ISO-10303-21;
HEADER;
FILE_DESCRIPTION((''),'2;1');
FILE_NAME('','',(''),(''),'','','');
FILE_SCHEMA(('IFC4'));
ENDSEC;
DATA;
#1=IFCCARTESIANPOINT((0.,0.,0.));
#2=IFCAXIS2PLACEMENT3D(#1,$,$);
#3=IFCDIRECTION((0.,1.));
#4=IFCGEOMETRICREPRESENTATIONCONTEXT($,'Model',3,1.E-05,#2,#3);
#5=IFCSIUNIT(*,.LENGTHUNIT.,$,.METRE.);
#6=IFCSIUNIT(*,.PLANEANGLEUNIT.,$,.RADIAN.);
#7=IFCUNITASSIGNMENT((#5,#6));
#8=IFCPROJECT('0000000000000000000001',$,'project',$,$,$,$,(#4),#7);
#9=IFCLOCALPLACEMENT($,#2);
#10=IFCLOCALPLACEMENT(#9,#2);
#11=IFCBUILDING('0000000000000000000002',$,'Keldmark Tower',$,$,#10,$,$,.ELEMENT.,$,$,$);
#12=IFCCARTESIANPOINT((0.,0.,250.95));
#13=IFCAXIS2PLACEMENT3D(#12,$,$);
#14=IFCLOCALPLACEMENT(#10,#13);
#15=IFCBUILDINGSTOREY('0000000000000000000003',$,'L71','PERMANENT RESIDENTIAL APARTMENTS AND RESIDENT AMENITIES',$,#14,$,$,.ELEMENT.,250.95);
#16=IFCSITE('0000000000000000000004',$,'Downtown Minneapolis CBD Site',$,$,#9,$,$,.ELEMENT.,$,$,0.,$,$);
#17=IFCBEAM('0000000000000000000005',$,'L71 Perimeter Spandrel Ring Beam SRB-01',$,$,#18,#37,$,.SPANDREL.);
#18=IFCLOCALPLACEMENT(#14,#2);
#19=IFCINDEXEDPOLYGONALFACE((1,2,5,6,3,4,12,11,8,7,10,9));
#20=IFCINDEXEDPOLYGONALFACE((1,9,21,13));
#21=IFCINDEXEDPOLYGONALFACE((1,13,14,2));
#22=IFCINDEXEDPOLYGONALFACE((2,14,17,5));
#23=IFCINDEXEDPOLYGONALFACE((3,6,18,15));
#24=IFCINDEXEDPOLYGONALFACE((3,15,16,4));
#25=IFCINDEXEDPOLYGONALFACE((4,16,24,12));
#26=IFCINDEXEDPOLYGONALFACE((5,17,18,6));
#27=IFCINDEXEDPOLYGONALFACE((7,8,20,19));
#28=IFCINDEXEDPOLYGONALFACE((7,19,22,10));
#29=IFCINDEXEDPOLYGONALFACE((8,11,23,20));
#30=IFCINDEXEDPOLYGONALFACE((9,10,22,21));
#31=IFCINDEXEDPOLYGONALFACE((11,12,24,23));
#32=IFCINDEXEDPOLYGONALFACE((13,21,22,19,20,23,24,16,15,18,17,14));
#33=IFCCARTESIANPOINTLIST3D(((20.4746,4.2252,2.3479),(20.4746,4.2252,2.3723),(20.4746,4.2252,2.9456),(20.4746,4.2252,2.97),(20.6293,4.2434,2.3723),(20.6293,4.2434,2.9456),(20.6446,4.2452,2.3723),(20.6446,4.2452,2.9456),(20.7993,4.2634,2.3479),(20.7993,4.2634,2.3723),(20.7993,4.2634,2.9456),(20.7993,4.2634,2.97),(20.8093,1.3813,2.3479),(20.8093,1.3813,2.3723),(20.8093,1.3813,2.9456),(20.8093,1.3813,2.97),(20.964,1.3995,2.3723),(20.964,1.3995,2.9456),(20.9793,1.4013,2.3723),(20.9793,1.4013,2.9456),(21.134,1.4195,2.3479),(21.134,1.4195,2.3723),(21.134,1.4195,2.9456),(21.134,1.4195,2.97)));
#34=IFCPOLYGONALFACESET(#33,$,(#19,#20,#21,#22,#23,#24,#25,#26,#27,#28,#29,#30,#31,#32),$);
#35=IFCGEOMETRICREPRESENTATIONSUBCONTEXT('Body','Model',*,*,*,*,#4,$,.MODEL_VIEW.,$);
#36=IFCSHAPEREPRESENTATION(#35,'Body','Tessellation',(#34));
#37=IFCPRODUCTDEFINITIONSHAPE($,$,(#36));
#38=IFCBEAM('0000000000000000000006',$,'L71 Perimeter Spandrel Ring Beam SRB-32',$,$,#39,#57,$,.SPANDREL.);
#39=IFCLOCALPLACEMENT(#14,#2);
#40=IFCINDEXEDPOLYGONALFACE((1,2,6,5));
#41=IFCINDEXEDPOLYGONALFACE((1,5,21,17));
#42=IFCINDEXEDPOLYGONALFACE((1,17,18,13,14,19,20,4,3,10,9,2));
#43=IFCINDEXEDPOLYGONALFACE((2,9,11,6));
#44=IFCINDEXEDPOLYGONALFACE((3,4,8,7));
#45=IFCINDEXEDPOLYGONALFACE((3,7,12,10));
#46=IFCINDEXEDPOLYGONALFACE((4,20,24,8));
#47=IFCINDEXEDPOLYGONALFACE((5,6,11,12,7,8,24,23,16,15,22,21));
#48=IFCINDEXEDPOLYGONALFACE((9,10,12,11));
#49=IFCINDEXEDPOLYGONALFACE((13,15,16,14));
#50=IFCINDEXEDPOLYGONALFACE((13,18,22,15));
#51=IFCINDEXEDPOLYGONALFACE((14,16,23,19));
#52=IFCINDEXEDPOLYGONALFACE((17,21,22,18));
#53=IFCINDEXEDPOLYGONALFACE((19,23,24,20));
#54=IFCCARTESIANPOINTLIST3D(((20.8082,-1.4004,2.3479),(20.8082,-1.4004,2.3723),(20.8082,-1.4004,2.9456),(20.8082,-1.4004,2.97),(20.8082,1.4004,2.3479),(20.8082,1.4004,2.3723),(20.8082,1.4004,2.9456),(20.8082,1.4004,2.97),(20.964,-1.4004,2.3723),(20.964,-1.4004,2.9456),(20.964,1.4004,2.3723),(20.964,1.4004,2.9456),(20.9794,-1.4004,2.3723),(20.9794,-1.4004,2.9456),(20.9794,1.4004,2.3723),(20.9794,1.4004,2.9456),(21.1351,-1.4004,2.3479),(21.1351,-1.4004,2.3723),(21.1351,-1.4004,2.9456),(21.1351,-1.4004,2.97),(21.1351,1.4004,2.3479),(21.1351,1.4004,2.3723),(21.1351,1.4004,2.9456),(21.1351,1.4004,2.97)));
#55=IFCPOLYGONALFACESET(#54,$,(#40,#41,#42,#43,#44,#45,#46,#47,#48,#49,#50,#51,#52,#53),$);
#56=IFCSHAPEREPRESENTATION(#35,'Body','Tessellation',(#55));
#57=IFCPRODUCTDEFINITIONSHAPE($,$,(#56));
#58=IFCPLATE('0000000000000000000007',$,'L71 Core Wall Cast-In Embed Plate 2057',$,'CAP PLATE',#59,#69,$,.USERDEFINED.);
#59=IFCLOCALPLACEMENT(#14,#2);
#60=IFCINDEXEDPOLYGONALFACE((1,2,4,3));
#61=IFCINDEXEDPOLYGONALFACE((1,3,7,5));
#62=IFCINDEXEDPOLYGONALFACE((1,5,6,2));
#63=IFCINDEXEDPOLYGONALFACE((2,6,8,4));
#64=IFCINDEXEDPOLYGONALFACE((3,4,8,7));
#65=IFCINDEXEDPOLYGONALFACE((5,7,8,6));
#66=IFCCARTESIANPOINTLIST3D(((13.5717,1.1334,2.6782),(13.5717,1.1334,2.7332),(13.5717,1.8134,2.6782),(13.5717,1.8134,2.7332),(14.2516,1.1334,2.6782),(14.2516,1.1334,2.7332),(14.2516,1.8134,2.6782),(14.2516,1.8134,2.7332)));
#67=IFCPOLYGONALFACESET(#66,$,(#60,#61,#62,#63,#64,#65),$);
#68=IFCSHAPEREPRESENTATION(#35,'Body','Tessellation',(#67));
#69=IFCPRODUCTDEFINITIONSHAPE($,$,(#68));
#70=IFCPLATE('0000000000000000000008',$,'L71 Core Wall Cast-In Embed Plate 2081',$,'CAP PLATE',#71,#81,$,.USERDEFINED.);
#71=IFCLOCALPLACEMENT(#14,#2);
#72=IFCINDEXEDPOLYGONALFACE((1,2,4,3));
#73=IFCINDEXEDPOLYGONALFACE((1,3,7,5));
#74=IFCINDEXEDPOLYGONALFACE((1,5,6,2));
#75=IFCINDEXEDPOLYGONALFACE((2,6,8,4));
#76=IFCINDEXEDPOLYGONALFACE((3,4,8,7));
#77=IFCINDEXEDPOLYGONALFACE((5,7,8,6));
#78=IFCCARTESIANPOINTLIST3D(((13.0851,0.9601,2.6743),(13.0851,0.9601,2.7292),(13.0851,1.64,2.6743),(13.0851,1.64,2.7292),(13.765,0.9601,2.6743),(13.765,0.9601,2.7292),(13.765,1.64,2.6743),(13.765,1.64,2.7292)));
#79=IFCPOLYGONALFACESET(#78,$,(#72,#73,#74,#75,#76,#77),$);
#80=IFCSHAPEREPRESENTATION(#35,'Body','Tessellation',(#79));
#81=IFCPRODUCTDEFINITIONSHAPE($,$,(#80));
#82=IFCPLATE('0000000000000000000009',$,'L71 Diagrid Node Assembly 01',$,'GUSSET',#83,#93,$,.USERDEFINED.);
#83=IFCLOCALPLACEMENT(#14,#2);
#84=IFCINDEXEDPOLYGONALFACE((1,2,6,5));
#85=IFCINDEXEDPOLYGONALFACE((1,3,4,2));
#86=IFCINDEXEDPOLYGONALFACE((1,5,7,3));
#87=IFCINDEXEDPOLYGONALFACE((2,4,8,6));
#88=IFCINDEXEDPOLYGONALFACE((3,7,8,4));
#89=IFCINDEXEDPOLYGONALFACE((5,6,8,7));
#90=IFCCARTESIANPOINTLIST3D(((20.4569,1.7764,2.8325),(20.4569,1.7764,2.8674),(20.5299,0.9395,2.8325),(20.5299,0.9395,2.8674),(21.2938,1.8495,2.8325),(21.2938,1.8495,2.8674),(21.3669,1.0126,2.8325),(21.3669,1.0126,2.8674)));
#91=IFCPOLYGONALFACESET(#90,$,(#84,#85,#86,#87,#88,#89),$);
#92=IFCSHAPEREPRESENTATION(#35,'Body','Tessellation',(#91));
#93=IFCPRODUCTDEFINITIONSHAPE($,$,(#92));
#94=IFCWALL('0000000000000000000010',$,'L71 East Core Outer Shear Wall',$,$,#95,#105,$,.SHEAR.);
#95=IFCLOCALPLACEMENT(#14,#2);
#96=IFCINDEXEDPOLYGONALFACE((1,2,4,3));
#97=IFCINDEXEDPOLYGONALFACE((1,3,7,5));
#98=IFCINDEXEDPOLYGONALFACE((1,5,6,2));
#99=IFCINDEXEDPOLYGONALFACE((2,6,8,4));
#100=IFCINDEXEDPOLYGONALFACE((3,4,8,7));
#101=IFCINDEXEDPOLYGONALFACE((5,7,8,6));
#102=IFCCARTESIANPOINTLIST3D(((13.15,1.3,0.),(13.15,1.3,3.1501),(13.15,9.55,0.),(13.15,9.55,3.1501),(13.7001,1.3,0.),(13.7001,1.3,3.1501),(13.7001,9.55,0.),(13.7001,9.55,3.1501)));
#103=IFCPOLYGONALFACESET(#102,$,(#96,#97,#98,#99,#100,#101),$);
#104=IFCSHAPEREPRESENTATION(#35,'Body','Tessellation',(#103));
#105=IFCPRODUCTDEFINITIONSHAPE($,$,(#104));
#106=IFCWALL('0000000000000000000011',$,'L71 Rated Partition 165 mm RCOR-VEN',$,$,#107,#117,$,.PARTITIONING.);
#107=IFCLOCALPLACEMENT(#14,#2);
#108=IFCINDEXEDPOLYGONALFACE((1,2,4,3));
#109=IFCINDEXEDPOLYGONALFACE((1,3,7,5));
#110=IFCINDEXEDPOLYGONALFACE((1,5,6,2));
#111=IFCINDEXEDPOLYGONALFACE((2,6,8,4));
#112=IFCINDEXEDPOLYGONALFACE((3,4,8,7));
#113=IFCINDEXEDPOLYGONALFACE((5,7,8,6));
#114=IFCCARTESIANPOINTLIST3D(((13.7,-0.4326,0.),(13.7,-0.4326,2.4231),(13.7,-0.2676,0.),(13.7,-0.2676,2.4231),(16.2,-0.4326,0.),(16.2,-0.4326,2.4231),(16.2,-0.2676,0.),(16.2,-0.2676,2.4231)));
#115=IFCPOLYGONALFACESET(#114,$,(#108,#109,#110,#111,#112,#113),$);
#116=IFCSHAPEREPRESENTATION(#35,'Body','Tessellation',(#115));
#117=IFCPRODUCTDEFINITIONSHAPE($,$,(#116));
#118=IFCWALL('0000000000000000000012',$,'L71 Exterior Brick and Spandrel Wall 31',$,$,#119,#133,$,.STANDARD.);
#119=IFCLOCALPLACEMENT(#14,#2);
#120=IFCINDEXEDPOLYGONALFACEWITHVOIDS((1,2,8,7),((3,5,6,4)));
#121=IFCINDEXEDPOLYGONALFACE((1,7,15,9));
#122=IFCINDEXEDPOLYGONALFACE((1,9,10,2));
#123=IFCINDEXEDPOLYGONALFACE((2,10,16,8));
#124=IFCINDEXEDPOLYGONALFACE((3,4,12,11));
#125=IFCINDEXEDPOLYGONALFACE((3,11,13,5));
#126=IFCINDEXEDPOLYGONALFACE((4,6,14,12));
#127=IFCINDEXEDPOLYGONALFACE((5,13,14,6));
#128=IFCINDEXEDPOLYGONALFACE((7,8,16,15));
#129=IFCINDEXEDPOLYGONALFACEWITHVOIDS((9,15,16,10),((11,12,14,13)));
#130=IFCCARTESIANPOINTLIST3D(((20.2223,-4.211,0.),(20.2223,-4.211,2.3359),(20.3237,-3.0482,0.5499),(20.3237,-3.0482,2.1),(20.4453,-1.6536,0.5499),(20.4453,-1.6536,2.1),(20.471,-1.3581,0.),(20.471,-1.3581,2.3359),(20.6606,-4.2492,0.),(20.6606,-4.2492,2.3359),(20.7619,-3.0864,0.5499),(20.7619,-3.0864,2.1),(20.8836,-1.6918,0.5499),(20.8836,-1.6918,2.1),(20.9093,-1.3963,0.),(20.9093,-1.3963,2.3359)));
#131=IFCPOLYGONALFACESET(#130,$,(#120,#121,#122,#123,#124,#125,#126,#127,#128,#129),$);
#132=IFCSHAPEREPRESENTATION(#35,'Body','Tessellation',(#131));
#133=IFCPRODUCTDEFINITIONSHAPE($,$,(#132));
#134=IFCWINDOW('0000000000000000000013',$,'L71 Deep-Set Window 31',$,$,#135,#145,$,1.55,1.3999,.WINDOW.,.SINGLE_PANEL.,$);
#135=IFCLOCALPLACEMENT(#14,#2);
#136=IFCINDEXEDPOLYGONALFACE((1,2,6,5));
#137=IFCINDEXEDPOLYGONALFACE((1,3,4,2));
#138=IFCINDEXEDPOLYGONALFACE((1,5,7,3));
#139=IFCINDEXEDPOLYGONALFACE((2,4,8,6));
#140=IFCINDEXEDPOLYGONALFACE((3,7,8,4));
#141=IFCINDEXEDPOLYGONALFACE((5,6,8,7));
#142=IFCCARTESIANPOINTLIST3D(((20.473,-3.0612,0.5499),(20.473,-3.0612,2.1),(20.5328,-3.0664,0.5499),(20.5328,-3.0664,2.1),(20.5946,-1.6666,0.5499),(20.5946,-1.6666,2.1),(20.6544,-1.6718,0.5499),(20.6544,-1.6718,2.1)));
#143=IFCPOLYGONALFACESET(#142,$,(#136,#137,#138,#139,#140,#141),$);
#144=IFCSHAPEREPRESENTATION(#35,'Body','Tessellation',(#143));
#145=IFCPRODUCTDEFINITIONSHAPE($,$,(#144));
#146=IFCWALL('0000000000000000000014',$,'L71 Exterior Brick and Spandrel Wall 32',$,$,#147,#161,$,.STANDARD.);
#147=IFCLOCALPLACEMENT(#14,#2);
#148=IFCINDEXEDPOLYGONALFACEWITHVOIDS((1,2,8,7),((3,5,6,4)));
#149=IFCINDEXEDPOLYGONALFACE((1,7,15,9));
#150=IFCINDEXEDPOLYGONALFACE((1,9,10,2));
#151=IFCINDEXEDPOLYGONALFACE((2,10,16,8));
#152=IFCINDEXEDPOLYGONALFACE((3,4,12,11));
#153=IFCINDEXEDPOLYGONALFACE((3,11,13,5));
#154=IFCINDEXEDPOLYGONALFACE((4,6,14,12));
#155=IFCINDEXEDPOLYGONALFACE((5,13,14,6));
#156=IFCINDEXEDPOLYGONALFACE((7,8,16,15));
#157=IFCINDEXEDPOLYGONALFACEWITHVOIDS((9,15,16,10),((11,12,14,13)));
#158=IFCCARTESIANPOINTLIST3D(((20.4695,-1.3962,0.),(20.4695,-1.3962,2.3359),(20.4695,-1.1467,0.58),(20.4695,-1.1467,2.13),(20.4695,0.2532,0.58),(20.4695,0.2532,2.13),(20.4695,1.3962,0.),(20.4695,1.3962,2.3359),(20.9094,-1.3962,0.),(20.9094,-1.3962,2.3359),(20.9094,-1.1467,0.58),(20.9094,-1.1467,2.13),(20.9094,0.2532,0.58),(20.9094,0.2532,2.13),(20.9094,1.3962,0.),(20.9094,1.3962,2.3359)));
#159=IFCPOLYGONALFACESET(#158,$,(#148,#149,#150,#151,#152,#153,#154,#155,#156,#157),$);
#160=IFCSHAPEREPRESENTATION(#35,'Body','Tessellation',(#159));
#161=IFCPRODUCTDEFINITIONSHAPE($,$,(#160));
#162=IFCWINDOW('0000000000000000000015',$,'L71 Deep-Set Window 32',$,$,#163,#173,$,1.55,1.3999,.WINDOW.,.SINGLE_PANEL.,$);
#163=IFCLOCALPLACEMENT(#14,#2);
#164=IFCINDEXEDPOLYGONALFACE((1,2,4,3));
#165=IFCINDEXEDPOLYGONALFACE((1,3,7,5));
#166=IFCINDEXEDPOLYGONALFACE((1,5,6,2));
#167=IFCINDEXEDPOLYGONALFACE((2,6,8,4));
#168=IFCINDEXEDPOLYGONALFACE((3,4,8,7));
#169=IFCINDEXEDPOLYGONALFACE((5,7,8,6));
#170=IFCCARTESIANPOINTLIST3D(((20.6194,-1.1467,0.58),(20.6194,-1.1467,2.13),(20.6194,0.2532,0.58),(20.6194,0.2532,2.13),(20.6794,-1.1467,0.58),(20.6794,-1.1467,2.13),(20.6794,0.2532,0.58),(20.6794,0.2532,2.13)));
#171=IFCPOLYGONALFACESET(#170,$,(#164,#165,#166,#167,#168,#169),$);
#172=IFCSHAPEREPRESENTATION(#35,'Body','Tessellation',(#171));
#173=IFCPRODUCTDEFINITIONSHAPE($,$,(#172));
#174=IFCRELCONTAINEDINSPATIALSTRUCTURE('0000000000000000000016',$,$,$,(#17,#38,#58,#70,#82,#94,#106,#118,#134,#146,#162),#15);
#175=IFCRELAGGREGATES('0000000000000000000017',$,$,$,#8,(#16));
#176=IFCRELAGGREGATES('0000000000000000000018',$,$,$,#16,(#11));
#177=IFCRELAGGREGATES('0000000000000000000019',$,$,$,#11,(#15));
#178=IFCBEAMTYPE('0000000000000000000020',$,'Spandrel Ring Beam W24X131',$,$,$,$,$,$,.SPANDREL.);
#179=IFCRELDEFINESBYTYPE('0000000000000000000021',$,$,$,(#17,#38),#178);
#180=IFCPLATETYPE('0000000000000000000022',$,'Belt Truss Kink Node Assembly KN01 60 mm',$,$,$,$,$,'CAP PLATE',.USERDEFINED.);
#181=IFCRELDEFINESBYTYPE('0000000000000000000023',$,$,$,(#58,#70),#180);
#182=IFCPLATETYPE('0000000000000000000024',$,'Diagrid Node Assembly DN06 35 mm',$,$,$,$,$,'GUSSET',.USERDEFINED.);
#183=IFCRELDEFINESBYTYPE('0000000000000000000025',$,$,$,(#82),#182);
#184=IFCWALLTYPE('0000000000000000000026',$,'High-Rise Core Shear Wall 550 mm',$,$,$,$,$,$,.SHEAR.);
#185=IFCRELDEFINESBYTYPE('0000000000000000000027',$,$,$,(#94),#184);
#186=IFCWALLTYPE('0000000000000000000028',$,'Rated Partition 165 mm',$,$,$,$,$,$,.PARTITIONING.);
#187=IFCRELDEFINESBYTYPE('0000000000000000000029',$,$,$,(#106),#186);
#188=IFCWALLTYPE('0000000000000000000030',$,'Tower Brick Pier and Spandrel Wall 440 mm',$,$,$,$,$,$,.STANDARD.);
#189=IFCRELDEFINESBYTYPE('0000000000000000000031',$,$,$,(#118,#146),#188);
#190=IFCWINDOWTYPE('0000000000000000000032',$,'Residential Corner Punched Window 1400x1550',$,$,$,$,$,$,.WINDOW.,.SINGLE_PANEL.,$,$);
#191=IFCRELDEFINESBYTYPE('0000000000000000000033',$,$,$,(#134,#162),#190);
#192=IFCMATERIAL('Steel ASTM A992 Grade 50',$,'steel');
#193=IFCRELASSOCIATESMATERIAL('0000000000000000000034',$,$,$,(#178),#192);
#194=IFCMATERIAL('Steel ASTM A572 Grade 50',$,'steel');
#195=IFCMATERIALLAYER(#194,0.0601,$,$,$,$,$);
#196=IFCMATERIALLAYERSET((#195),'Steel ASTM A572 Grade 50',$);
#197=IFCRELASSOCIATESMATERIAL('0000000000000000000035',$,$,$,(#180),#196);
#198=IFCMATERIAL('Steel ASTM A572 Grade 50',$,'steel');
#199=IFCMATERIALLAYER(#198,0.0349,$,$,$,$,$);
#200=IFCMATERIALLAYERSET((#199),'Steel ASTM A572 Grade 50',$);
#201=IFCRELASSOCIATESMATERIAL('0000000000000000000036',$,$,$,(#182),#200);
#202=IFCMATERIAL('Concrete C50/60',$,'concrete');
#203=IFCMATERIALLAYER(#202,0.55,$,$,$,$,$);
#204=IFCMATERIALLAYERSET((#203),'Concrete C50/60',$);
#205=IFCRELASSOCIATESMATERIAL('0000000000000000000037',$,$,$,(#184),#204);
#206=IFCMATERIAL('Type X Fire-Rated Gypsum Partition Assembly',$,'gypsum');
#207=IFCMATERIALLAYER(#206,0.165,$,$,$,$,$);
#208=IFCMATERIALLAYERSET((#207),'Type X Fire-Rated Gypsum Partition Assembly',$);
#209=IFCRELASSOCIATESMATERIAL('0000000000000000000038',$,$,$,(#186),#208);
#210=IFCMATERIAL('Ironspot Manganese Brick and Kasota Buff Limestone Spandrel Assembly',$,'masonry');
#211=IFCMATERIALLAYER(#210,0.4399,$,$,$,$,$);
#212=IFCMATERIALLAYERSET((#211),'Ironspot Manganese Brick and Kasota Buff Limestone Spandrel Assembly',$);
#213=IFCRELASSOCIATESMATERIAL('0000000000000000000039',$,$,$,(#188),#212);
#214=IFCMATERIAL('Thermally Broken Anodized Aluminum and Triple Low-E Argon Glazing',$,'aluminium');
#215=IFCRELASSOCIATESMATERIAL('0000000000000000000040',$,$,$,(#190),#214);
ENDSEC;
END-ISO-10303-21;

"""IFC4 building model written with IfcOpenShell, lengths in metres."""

from ifc_helpers import new_model, si_unit, direction, frame, frame_2d, origin, origin_2d, place, context, subcontext, project, spatial, rectangle, i_section, extrude, material, layer, layer_set, material_profile, profile_set, type_object, element, fill, save


model = new_model("IFC4")

# Units and contexts
model_context = context("Model", 3, precision=1e-05, world=origin(), true_north=direction((0.0, 1.0)))
body_context = subcontext(model_context, "Body", "Model", "MODEL_VIEW")
ifc_project = project(units=[si_unit("LENGTHUNIT", "METRE"), si_unit("PLANEANGLEUNIT", "RADIAN")], contexts=[model_context])

# Site, building, storey
site_placement = place(None, origin())
site = spatial("IfcSite", under=ifc_project, at=site_placement, Name="Downtown Minneapolis CBD Site", CompositionType="ELEMENT", RefElevation=0.0)
building_placement = place(site_placement, origin())
building = spatial("IfcBuilding", under=site, at=building_placement, Name="Keldmark Tower", CompositionType="ELEMENT")
storey_placement = place(building_placement, frame((0.0, 0.0, 250.95)))
storey = spatial("IfcBuildingStorey", under=building, at=storey_placement, Name="L71", Description="PERMANENT RESIDENTIAL APARTMENTS AND RESIDENT AMENITIES", CompositionType="ELEMENT", Elevation=250.95)

# Beams
ifc_material_1 = material(Name="Steel ASTM A992 Grade 50", Category="steel")
ifc_material_profile_1 = material_profile(ifc_material_1, i_section(OverallWidth=0.3269, OverallDepth=0.6221, WebThickness=0.0154, FlangeThickness=0.0244, at=origin_2d()), Name="W24X131")
ifc_profile_set_1 = profile_set([ifc_material_profile_1], Name="Steel ASTM A992 Grade 50")
beam_type_1 = type_object("IfcBeamType", Name="Spandrel Ring Beam W24X131", PredefinedType="SPANDREL", material=ifc_profile_set_1)
beam_1_placement = place(storey_placement, frame((20.9717, 1.4004, 2.6589), z_axis=(-0.116886, 0.993145, 0.0), x_axis=(-0.993145, -0.116886, 0.0)))
element("IfcBeam", 1, at=beam_1_placement, inside=storey, type_object=beam_type_1, Name="L71 Perimeter Spandrel Ring Beam SRB-01", PredefinedType="SPANDREL", context=body_context, shape_type="SweptSolid", body=[
    extrude(i_section(OverallWidth=0.3269, OverallDepth=0.6221, WebThickness=0.0154, FlangeThickness=0.0244, at=origin_2d()), origin(), (0.0, 0.0, 1.0), 2.8635),
])
beam_2_placement = place(storey_placement, frame((20.9717, -1.4004, 2.6589), z_axis=(0.0, 1.0, 0.0), x_axis=(-1.0, 0.0, 0.0)))
element("IfcBeam", 2, at=beam_2_placement, inside=storey, type_object=beam_type_1, Name="L71 Perimeter Spandrel Ring Beam SRB-32", PredefinedType="SPANDREL", context=body_context, shape_type="SweptSolid", body=[
    extrude(i_section(OverallWidth=0.3269, OverallDepth=0.6221, WebThickness=0.0154, FlangeThickness=0.0244, at=origin_2d()), origin(), (0.0, 0.0, 1.0), 2.8008),
])

# Plates
ifc_material_2 = material(Name="Steel ASTM A572 Grade 50", Category="steel")
ifc_layer_1 = layer(ifc_material_2, 0.0601)
ifc_layer_set_1 = layer_set([ifc_layer_1], Name="Steel ASTM A572 Grade 50")
plate_type_1 = type_object("IfcPlateType", Name="Belt Truss Kink Node Assembly KN01 60 mm", ElementType="CAP PLATE", PredefinedType="USERDEFINED", material=ifc_layer_set_1)
for number, where, z_axis, x_axis, name in (
    (3, (13.9116, 1.4734, 2.6782), (0.0, 0.0, 1.0), (1.0, 0.0, 0.0), "L71 Core Wall Cast-In Embed Plate 2057"),
    (4, (13.425, 1.3, 2.6743), (0.0, 0.0, 1.0), (1.0, 0.0, 0.0), "L71 Core Wall Cast-In Embed Plate 2081"),
):
    element("IfcPlate", number, at=place(storey_placement, frame(where, z_axis=z_axis, x_axis=x_axis)), inside=storey, type_object=plate_type_1, Name=name, ObjectType="CAP PLATE", PredefinedType="USERDEFINED", context=body_context, shape_type="SweptSolid", body=[
        extrude(rectangle(XDim=0.6799, YDim=0.6799, at=origin_2d()), origin(), (0.0, 0.0, 1.0), 0.0549),
    ])
ifc_material_3 = material(Name="Steel ASTM A572 Grade 50", Category="steel")
ifc_layer_2 = layer(ifc_material_3, 0.0349)
ifc_layer_set_2 = layer_set([ifc_layer_2], Name="Steel ASTM A572 Grade 50")
plate_type_2 = type_object("IfcPlateType", Name="Diagrid Node Assembly DN06 35 mm", ElementType="GUSSET", PredefinedType="USERDEFINED", material=ifc_layer_set_2)
plate_placement = place(storey_placement, frame((20.9119, 1.3945, 2.8325), z_axis=(0.0, 0.0, 1.0), x_axis=(-0.086982, 0.99621, 0.0)))
element("IfcPlate", 5, at=plate_placement, inside=storey, type_object=plate_type_2, Name="L71 Diagrid Node Assembly 01", ObjectType="GUSSET", PredefinedType="USERDEFINED", context=body_context, shape_type="SweptSolid", body=[
    extrude(rectangle(XDim=0.8401, YDim=0.8401, at=origin_2d()), origin(), (0.0, 0.0, 1.0), 0.0349),
])

# Wall
ifc_material_4 = material(Name="Concrete C50/60", Category="concrete")
ifc_layer_3 = layer(ifc_material_4, 0.55)
ifc_layer_set_3 = layer_set([ifc_layer_3], Name="Concrete C50/60")
wall_type_1 = type_object("IfcWallType", Name="High-Rise Core Shear Wall 550 mm", PredefinedType="SHEAR", material=ifc_layer_set_3)
wall_1_placement = place(storey_placement, frame((13.425, 1.3, 0.0), z_axis=(0.0, 0.0, 1.0), x_axis=(0.0, 1.0, 0.0)))
element("IfcWall", 6, at=wall_1_placement, inside=storey, type_object=wall_type_1, Name="L71 East Core Outer Shear Wall", PredefinedType="SHEAR", context=body_context, shape_type="SweptSolid", body=[
    extrude(rectangle(XDim=8.25, YDim=0.55, at=frame_2d((4.125, 0.0))), origin(), (0.0, 0.0, 1.0), 3.1501),
])

# Shared definitions
ifc_material_5 = material(Name="Type X Fire-Rated Gypsum Partition Assembly", Category="gypsum")
ifc_layer_4 = layer(ifc_material_5, 0.165)
ifc_layer_set_4 = layer_set([ifc_layer_4], Name="Type X Fire-Rated Gypsum Partition Assembly")
wall_type_2 = type_object("IfcWallType", Name="Rated Partition 165 mm", PredefinedType="PARTITIONING", material=ifc_layer_set_4)

# Wall
wall_2_placement = place(storey_placement, frame((13.7, -0.3501, 0.0), z_axis=(0.0, 0.0, 1.0), x_axis=(1.0, 0.0, 0.0)))
element("IfcWall", 7, at=wall_2_placement, inside=storey, type_object=wall_type_2, Name="L71 Rated Partition 165 mm RCOR-VEN", PredefinedType="PARTITIONING", context=body_context, shape_type="SweptSolid", body=[
    extrude(rectangle(XDim=2.5, YDim=0.165, at=frame_2d((1.25, 0.0))), origin(), (0.0, 0.0, 1.0), 2.4231),
])

# Walls, openings, windows
ifc_material_6 = material(Name="Ironspot Manganese Brick and Kasota Buff Limestone Spandrel Assembly", Category="masonry")
ifc_layer_5 = layer(ifc_material_6, 0.4399)
ifc_layer_set_5 = layer_set([ifc_layer_5], Name="Ironspot Manganese Brick and Kasota Buff Limestone Spandrel Assembly")
wall_type_3 = type_object("IfcWallType", Name="Tower Brick Pier and Spandrel Wall 440 mm", PredefinedType="STANDARD", material=ifc_layer_set_5)
wall_3_placement = place(storey_placement, frame((20.6902, -1.3772, 0.0), z_axis=(0.0, 0.0, 1.0), x_axis=(-0.086869, -0.99622, 0.0)))
wall_3 = element("IfcWall", 8, at=wall_3_placement, inside=storey, type_object=wall_type_3, Name="L71 Exterior Brick and Spandrel Wall 31", PredefinedType="STANDARD", context=body_context, shape_type="SweptSolid", body=[
    extrude(rectangle(XDim=2.8638, YDim=0.4399, at=frame_2d((1.4319, 0.0))), origin(), (0.0, 0.0, 1.0), 2.3359),
])
opening_1_placement = place(wall_3_placement, frame((0.2966, 0.0, 0.55)))
opening_1 = element("IfcOpeningElement", 9, at=opening_1_placement, cuts=wall_3, PredefinedType="OPENING", context=body_context, shape_type="SweptSolid", body=[
    extrude(rectangle(XDim=1.3999, YDim=1.55, at=frame_2d((0.7, 0.7749))), frame((0.0, 0.23, 0.0), z_axis=(0.0, -1.0, 0.0), x_axis=(1.0, 0.0, 0.0)), (0.0, 0.0, 1.0), 0.46),
])
ifc_material_7 = material(Name="Thermally Broken Anodized Aluminum and Triple Low-E Argon Glazing", Category="aluminium")
window_type = type_object("IfcWindowType", Name="Residential Corner Punched Window 1400x1550", PartitioningType="SINGLE_PANEL", PredefinedType="WINDOW", material=ifc_material_7)
window_1_placement = place(opening_1_placement, origin())
window_1 = element("IfcWindow", 10, at=window_1_placement, inside=storey, type_object=window_type, Name="L71 Deep-Set Window 31", OverallHeight=1.55, OverallWidth=1.3999, PartitioningType="SINGLE_PANEL", PredefinedType="WINDOW", context=body_context, shape_type="SweptSolid", body=[
    extrude(rectangle(XDim=1.3999, YDim=1.55, at=frame_2d((0.7, 0.7749))), frame((0.0, -0.01, 0.0), z_axis=(0.0, -1.0, 0.0), x_axis=(1.0, 0.0, 0.0)), (0.0, 0.0, 1.0), 0.0601),
])
fill(opening_1, window_1)
wall_4_placement = place(storey_placement, frame((20.6895, 1.3962, 0.0), z_axis=(0.0, 0.0, 1.0), x_axis=(0.0, -1.0, 0.0)))
wall_4 = element("IfcWall", 11, at=wall_4_placement, inside=storey, type_object=wall_type_3, Name="L71 Exterior Brick and Spandrel Wall 32", PredefinedType="STANDARD", context=body_context, shape_type="SweptSolid", body=[
    extrude(rectangle(XDim=2.7925, YDim=0.4399, at=frame_2d((1.3962, 0.0))), origin(), (0.0, 0.0, 1.0), 2.3359),
])
opening_2_placement = place(wall_4_placement, frame((1.1431, 0.0, 0.5801)))
opening_2 = element("IfcOpeningElement", 12, at=opening_2_placement, cuts=wall_4, PredefinedType="OPENING", context=body_context, shape_type="SweptSolid", body=[
    extrude(rectangle(XDim=1.3999, YDim=1.55, at=frame_2d((0.7, 0.7749))), frame((0.0, 0.23, 0.0), z_axis=(0.0, -1.0, 0.0), x_axis=(1.0, 0.0, 0.0)), (0.0, 0.0, 1.0), 0.46),
])
window_2_placement = place(opening_2_placement, origin())
window_2 = element("IfcWindow", 13, at=window_2_placement, inside=storey, type_object=window_type, Name="L71 Deep-Set Window 32", OverallHeight=1.55, OverallWidth=1.3999, PartitioningType="SINGLE_PANEL", PredefinedType="WINDOW", context=body_context, shape_type="SweptSolid", body=[
    extrude(rectangle(XDim=1.3999, YDim=1.55, at=frame_2d((0.7, 0.7749))), frame((0.0, -0.01, 0.0), z_axis=(0.0, -1.0, 0.0), x_axis=(1.0, 0.0, 0.0)), (0.0, 0.0, 1.0), 0.0601),
])
fill(opening_2, window_2)

save(model, "model.ifc")
